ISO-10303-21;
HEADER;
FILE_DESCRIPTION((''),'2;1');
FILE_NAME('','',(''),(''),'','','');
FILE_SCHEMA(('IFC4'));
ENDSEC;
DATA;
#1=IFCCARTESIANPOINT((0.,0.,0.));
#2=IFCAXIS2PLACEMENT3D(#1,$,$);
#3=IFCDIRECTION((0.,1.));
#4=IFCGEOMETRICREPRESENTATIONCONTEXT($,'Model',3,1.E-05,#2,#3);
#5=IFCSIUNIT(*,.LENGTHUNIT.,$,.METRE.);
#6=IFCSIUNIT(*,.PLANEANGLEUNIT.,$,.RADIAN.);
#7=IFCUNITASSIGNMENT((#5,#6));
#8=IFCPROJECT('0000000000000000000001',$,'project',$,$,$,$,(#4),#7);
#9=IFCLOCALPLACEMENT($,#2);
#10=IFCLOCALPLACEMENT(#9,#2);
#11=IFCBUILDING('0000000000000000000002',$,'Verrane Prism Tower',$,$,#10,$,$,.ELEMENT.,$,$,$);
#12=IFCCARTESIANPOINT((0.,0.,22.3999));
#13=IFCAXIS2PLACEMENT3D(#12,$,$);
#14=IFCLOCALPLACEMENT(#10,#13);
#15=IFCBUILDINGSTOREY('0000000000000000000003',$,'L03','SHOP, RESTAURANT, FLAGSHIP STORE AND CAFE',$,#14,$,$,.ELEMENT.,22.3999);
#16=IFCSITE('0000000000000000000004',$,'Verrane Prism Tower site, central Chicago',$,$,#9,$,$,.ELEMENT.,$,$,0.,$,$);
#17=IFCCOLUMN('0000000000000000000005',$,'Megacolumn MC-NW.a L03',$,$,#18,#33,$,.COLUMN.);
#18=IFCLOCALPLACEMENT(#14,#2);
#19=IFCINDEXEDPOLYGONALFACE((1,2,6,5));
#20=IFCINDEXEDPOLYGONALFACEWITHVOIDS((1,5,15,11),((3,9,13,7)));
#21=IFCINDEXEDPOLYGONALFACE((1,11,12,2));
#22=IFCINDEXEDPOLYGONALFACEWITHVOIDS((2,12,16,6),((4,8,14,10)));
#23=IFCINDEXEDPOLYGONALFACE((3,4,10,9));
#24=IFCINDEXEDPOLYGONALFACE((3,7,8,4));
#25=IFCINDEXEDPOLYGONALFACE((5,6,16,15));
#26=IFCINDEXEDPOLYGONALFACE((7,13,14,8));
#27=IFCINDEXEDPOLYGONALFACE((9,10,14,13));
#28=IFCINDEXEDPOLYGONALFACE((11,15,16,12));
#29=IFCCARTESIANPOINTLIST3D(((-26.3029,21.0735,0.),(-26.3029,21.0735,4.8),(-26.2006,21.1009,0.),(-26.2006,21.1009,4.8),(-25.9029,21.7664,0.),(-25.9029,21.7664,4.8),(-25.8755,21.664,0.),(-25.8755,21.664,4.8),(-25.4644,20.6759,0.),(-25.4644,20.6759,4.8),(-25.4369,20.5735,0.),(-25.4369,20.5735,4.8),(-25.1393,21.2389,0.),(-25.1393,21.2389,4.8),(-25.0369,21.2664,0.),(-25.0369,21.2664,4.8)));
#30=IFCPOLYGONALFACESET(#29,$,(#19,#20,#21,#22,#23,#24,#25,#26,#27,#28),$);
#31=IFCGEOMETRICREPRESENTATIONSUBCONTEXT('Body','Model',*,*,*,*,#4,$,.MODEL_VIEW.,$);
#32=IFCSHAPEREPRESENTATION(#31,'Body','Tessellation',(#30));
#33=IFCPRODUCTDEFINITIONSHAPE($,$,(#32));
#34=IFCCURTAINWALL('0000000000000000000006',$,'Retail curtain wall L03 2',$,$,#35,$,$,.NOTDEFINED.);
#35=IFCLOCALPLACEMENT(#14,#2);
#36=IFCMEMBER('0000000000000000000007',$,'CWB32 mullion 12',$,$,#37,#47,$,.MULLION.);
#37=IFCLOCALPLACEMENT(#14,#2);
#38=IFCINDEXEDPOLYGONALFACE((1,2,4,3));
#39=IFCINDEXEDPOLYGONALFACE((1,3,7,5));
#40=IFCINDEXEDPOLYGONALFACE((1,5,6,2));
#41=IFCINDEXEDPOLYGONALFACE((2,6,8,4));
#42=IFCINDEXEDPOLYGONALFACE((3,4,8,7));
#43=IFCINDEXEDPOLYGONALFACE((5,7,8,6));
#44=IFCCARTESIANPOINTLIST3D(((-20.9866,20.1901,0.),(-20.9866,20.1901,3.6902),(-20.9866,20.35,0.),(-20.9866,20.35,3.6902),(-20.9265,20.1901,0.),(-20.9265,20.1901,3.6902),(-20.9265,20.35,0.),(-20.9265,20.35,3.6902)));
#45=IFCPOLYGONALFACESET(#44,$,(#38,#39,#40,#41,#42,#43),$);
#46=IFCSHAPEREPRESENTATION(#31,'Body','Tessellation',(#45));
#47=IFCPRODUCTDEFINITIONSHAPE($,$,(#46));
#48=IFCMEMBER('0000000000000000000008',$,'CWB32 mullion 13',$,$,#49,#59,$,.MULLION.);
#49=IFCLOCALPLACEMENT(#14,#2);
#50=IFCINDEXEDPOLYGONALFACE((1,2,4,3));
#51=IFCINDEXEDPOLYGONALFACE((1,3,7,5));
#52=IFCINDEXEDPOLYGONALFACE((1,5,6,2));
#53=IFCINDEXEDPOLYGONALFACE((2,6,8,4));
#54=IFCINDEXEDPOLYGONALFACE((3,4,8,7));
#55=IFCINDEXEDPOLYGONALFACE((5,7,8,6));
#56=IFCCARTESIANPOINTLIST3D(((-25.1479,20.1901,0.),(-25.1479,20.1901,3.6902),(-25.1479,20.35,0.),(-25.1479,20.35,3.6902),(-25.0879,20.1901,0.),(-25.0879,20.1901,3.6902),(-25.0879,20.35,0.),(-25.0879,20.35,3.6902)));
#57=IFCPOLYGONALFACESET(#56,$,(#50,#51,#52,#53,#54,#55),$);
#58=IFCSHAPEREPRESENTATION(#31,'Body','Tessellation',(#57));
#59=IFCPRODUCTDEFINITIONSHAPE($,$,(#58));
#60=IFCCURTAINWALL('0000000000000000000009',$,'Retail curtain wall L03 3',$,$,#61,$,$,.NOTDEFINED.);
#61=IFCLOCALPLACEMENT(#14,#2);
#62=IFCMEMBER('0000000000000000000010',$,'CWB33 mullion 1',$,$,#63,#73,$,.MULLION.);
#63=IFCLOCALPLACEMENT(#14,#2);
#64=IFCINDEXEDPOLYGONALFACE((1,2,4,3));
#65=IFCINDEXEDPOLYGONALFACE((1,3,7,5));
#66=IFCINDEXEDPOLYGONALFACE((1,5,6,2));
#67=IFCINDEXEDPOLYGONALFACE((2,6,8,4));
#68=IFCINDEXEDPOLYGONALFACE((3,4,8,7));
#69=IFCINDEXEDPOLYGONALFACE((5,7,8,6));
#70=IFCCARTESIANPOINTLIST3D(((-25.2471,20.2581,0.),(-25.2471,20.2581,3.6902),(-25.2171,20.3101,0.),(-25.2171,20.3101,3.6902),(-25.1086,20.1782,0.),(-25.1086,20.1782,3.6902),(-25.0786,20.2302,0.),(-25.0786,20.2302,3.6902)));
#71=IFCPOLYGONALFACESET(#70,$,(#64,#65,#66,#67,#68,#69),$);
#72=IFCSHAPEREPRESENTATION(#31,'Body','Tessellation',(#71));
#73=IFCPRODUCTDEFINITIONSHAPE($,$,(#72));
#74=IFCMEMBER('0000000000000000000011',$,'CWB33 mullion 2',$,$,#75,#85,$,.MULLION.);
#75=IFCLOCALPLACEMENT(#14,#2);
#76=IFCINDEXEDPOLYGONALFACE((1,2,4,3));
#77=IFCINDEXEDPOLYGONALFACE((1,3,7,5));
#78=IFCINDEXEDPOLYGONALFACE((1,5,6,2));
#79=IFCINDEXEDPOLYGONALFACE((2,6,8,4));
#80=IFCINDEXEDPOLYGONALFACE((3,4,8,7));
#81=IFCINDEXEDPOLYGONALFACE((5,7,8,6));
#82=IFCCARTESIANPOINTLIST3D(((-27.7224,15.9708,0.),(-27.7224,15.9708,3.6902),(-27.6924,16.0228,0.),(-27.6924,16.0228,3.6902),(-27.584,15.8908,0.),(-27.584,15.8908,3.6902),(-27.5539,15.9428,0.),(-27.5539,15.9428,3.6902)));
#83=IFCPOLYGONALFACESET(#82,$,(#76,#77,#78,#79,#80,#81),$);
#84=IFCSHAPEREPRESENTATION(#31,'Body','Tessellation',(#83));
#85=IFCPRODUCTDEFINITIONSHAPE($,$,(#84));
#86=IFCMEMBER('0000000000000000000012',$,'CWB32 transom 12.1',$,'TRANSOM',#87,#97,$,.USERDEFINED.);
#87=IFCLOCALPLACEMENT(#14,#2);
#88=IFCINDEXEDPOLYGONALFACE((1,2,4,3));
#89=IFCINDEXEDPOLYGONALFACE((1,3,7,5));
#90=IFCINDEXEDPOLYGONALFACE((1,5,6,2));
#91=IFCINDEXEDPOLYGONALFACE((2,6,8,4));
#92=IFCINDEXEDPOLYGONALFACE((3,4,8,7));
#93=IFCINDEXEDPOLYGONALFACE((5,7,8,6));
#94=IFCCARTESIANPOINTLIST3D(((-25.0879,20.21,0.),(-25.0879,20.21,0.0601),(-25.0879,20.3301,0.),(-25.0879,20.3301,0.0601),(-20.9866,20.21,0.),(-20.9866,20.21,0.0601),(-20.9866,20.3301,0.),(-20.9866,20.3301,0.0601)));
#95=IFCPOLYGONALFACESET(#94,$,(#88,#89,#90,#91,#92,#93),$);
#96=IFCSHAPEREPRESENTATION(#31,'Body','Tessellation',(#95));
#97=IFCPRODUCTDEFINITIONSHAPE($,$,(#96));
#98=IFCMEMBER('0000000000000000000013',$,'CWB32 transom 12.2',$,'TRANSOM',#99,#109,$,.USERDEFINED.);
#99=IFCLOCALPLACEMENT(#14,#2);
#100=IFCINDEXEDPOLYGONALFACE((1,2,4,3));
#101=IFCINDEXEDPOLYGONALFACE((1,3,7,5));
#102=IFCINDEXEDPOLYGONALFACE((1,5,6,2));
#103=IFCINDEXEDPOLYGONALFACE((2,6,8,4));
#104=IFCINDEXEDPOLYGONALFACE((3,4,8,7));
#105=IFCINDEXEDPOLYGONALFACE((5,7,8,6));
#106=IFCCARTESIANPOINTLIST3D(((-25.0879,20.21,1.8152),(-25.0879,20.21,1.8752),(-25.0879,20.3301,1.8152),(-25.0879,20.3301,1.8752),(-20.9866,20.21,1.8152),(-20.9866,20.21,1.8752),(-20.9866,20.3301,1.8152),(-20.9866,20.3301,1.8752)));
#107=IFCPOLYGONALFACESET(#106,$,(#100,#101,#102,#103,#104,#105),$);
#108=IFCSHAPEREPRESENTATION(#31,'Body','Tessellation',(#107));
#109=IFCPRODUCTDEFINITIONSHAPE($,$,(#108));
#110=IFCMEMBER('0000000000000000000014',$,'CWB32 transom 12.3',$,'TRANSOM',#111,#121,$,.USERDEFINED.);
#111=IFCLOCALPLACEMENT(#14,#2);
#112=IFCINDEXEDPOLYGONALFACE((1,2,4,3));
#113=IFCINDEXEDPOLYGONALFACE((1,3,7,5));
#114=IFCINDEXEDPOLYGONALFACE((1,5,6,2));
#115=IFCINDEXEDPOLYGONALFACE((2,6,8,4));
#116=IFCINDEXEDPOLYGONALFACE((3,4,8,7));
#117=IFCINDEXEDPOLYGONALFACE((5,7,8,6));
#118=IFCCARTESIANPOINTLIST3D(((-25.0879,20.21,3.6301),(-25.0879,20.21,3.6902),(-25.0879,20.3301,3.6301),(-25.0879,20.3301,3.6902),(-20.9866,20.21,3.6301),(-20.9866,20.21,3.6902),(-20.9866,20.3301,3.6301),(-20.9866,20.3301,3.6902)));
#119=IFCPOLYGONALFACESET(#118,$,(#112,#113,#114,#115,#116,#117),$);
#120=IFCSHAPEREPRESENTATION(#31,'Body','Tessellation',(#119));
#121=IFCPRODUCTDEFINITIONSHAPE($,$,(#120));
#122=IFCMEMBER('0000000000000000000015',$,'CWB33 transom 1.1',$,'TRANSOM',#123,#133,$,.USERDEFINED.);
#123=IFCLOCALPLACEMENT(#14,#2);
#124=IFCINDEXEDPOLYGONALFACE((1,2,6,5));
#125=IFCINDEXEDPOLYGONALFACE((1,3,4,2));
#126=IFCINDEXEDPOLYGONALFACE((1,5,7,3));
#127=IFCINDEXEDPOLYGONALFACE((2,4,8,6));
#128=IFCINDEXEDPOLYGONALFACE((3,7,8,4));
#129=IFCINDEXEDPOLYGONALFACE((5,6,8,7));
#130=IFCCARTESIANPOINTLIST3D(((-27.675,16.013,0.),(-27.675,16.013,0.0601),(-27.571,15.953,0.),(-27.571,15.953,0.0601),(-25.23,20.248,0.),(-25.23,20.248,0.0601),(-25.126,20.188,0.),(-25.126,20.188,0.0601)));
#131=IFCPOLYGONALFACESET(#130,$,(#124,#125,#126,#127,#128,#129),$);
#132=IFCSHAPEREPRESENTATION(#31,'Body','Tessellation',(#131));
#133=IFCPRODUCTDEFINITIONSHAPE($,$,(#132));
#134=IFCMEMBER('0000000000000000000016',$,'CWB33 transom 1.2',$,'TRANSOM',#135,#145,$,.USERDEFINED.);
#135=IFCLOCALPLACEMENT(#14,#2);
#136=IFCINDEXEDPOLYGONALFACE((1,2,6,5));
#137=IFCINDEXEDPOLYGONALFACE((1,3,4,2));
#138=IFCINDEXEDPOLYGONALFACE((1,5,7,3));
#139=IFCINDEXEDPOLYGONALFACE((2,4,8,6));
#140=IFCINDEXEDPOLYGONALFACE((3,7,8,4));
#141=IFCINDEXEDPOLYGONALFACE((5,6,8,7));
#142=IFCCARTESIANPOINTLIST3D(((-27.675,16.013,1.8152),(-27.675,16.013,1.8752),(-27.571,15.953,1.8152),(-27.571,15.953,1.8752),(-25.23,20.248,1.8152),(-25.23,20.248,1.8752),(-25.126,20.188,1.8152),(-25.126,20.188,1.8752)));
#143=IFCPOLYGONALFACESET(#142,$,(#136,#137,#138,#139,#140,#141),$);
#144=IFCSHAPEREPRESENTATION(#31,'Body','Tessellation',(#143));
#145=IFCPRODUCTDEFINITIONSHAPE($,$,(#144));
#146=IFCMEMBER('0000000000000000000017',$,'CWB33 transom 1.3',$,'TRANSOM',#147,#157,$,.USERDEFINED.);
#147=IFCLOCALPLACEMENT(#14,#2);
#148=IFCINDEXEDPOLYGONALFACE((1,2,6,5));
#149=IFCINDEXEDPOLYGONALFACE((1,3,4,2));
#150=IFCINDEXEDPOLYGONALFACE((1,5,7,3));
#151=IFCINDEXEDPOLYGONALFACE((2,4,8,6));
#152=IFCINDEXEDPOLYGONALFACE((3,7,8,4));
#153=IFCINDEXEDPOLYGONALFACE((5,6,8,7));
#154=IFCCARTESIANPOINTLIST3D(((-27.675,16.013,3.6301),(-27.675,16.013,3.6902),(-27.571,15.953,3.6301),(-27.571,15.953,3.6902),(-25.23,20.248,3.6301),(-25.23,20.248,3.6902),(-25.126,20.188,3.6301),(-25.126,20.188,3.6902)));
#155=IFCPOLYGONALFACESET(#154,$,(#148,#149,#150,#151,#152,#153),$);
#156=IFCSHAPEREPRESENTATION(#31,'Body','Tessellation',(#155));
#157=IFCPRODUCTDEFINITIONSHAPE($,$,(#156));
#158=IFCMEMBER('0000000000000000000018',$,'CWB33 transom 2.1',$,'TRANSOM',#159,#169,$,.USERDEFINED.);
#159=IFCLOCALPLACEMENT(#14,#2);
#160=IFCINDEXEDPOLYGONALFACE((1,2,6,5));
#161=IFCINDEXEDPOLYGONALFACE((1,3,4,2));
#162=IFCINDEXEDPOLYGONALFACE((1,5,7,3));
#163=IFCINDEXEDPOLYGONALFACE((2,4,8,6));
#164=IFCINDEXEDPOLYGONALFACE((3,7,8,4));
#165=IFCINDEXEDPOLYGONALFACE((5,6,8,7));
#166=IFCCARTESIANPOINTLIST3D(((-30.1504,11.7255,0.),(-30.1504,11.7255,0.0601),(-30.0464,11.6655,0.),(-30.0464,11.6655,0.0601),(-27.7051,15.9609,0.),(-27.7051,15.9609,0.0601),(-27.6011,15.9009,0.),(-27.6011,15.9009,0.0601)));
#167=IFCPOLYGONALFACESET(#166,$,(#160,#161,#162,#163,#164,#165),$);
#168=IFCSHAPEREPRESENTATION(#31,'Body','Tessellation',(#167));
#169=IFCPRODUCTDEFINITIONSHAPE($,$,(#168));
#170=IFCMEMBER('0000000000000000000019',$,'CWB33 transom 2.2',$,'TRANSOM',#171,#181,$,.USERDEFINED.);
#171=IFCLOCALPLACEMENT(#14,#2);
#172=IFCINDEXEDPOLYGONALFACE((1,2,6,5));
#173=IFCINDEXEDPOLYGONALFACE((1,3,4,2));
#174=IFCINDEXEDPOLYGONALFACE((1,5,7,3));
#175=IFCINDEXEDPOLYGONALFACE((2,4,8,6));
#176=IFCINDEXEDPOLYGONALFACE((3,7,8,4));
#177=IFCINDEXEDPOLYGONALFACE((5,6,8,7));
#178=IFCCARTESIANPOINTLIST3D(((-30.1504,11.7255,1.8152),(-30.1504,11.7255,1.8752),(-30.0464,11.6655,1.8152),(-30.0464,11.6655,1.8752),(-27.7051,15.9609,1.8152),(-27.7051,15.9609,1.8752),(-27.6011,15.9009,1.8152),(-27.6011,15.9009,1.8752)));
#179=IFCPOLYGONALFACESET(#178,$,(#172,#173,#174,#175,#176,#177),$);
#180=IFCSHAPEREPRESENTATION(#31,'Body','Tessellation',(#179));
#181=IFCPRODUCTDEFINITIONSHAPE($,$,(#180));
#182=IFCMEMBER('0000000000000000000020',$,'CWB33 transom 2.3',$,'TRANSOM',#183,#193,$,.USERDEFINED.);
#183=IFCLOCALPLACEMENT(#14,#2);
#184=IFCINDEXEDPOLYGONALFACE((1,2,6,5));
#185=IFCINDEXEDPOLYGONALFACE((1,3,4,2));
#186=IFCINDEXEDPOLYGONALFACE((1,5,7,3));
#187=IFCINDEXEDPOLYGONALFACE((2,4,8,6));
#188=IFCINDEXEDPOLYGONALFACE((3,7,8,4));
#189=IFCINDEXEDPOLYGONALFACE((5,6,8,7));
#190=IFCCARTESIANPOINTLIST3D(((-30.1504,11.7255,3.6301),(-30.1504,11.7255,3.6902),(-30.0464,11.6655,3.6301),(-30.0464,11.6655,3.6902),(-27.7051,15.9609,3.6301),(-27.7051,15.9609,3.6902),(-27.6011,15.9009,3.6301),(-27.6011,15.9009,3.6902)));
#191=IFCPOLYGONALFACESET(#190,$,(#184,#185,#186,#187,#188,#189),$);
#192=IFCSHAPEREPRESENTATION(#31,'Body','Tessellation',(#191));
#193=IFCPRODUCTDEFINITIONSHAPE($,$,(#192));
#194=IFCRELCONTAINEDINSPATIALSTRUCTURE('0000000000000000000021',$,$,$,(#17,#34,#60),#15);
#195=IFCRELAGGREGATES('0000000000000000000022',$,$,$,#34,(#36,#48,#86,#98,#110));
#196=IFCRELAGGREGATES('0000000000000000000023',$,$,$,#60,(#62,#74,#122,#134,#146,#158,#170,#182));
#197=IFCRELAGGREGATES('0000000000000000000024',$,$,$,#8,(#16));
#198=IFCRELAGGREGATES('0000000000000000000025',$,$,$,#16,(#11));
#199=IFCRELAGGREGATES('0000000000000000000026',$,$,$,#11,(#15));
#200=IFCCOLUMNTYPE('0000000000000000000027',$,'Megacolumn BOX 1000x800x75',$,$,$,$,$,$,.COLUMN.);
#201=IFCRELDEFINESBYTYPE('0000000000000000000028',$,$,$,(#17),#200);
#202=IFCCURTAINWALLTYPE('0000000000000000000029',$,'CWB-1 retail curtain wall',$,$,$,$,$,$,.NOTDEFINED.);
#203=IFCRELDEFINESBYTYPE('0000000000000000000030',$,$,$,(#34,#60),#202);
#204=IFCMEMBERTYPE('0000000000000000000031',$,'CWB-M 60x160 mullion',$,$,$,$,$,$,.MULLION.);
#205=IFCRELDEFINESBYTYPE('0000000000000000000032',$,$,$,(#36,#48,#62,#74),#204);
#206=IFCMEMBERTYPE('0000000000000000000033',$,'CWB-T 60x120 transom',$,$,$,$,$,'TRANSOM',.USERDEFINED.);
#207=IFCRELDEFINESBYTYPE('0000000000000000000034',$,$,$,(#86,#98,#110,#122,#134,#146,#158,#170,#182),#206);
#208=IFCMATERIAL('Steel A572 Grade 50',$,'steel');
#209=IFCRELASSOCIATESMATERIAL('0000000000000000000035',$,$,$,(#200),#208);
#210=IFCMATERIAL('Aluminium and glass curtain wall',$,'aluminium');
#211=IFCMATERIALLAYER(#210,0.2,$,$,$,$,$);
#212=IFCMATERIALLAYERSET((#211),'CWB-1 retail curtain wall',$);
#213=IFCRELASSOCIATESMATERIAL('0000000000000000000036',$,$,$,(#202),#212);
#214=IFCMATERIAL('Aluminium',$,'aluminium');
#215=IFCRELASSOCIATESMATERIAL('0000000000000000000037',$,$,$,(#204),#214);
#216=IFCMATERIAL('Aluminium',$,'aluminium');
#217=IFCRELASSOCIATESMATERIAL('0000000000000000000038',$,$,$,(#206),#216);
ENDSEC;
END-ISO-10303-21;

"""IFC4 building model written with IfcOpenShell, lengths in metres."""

from ifc_helpers import new_model, si_unit, direction, frame, origin, origin_2d, place, context, subcontext, project, spatial, rectangle, hollow_rectangle, extrude, material, layer, layer_set, material_profile, profile_set, type_object, element, aggregate, save


model = new_model("IFC4")

# Units and contexts
model_context = context("Model", 3, precision=1e-05, world=origin(), true_north=direction((0.0, 1.0)))
body_context = subcontext(model_context, "Body", "Model", "MODEL_VIEW")
ifc_project = project(units=[si_unit("LENGTHUNIT", "METRE"), si_unit("PLANEANGLEUNIT", "RADIAN")], contexts=[model_context])

# Site, building, storey
site_placement = place(None, origin())
site = spatial("IfcSite", under=ifc_project, at=site_placement, Name="Verrane Prism Tower site, central Chicago", CompositionType="ELEMENT", RefElevation=0.0)
building_placement = place(site_placement, origin())
building = spatial("IfcBuilding", under=site, at=building_placement, Name="Verrane Prism Tower", CompositionType="ELEMENT")
storey_placement = place(building_placement, frame((0.0, 0.0, 22.3999)))
storey = spatial("IfcBuildingStorey", under=building, at=storey_placement, Name="L03", Description="SHOP, RESTAURANT, FLAGSHIP STORE AND CAFE", CompositionType="ELEMENT", Elevation=22.3999)

# Column
ifc_material_1 = material(Name="Steel A572 Grade 50", Category="steel")
ifc_material_profile_1 = material_profile(ifc_material_1, hollow_rectangle(XDim=0.8, YDim=1.0, WallThickness=0.075, at=origin_2d()), Name="BOX 1000x800x75")
ifc_profile_set_1 = profile_set([ifc_material_profile_1], Name="Steel A572 Grade 50")
column_type = type_object("IfcColumnType", Name="Megacolumn BOX 1000x800x75", PredefinedType="COLUMN", material=ifc_profile_set_1)
column_placement = place(storey_placement, frame((-25.6699, 21.1699, 0.0), z_axis=(0.0, 0.0, 1.0), x_axis=(0.5, 0.866025, 0.0)))
element("IfcColumn", 1, at=column_placement, inside=storey, type_object=column_type, Name="Megacolumn MC-NW.a L03", PredefinedType="COLUMN", context=body_context, shape_type="SweptSolid", body=[
    extrude(hollow_rectangle(XDim=0.8, YDim=1.0, WallThickness=0.075, at=origin_2d()), origin(), (0.0, 0.0, 1.0), 4.8),
])

# Curtain walls, members
ifc_material_2 = material(Name="Aluminium and glass curtain wall", Category="aluminium")
ifc_layer_1 = layer(ifc_material_2, 0.2)
ifc_layer_set_1 = layer_set([ifc_layer_1], Name="CWB-1 retail curtain wall")
curtain_wall_type = type_object("IfcCurtainWallType", Name="CWB-1 retail curtain wall", PredefinedType="NOTDEFINED", material=ifc_layer_set_1)
curtain_wall_1_placement = place(storey_placement, origin())
curtain_wall_1 = element("IfcCurtainWall", 2, at=curtain_wall_1_placement, inside=storey, type_object=curtain_wall_type, Name="Retail curtain wall L03 2", PredefinedType="NOTDEFINED")
ifc_material_3 = material(Name="Aluminium", Category="aluminium")
ifc_material_profile_2 = material_profile(ifc_material_3, rectangle(XDim=0.1599, YDim=0.0601, at=origin_2d()), Name="CWB-M 60x160 mullion")
ifc_profile_set_2 = profile_set([ifc_material_profile_2], Name="Aluminium")
member_type_1 = type_object("IfcMemberType", Name="CWB-M 60x160 mullion", PredefinedType="MULLION", material=ifc_profile_set_2)
member_1_placement = place(storey_placement, frame((-20.9565, 20.27, 0.0), z_axis=(0.0, 0.0, 1.0), x_axis=(0.0, -1.0, 0.0)))
member_1 = element("IfcMember", 3, at=member_1_placement, type_object=member_type_1, Name="CWB32 mullion 12", PredefinedType="MULLION", context=body_context, shape_type="SweptSolid", body=[
    extrude(rectangle(XDim=0.1599, YDim=0.0601, at=origin_2d()), origin(), (0.0, 0.0, 1.0), 3.6902),
])
member_2_placement = place(storey_placement, frame((-25.1179, 20.27, 0.0), z_axis=(0.0, 0.0, 1.0), x_axis=(0.0, -1.0, 0.0)))
member_2 = element("IfcMember", 4, at=member_2_placement, type_object=member_type_1, Name="CWB32 mullion 13", PredefinedType="MULLION", context=body_context, shape_type="SweptSolid", body=[
    extrude(rectangle(XDim=0.1599, YDim=0.0601, at=origin_2d()), origin(), (0.0, 0.0, 1.0), 3.6902),
])
curtain_wall_2_placement = place(storey_placement, origin())
curtain_wall_2 = element("IfcCurtainWall", 5, at=curtain_wall_2_placement, inside=storey, type_object=curtain_wall_type, Name="Retail curtain wall L03 3", PredefinedType="NOTDEFINED")
member_3_placement = place(storey_placement, frame((-25.1628, 20.2441, 0.0), z_axis=(0.0, 0.0, 1.0), x_axis=(0.866026, -0.499999, 0.0)))
member_3 = element("IfcMember", 6, at=member_3_placement, type_object=member_type_1, Name="CWB33 mullion 1", PredefinedType="MULLION", context=body_context, shape_type="SweptSolid", body=[
    extrude(rectangle(XDim=0.1599, YDim=0.0601, at=origin_2d()), origin(), (0.0, 0.0, 1.0), 3.6902),
])
member_4_placement = place(storey_placement, frame((-27.6382, 15.9568, 0.0), z_axis=(0.0, 0.0, 1.0), x_axis=(0.866026, -0.499999, 0.0)))
member_4 = element("IfcMember", 7, at=member_4_placement, type_object=member_type_1, Name="CWB33 mullion 2", PredefinedType="MULLION", context=body_context, shape_type="SweptSolid", body=[
    extrude(rectangle(XDim=0.1599, YDim=0.0601, at=origin_2d()), origin(), (0.0, 0.0, 1.0), 3.6902),
])

# Members
ifc_material_4 = material(Name="Aluminium", Category="aluminium")
ifc_material_profile_3 = material_profile(ifc_material_4, rectangle(XDim=0.1201, YDim=0.0601, at=origin_2d()), Name="CWB-T 60x120 transom")
ifc_profile_set_3 = profile_set([ifc_material_profile_3], Name="Aluminium")
member_type_2 = type_object("IfcMemberType", Name="CWB-T 60x120 transom", ElementType="TRANSOM", PredefinedType="USERDEFINED", material=ifc_profile_set_3)
member_5_placement = place(storey_placement, frame((-20.9866, 20.27, 0.03), z_axis=(-1.0, 0.0, 0.0), x_axis=(0.0, -1.0, 0.0)))
member_5 = element("IfcMember", 8, at=member_5_placement, type_object=member_type_2, Name="CWB32 transom 12.1", ObjectType="TRANSOM", PredefinedType="USERDEFINED", context=body_context, shape_type="SweptSolid", body=[
    extrude(rectangle(XDim=0.1201, YDim=0.0601, at=origin_2d()), origin(), (0.0, 0.0, 1.0), 4.1013),
])
member_6_placement = place(storey_placement, frame((-20.9866, 20.27, 1.8452), z_axis=(-1.0, 0.0, 0.0), x_axis=(0.0, -1.0, 0.0)))
member_6 = element("IfcMember", 9, at=member_6_placement, type_object=member_type_2, Name="CWB32 transom 12.2", ObjectType="TRANSOM", PredefinedType="USERDEFINED", context=body_context, shape_type="SweptSolid", body=[
    extrude(rectangle(XDim=0.1201, YDim=0.0601, at=origin_2d()), origin(), (0.0, 0.0, 1.0), 4.1013),
])
member_7_placement = place(storey_placement, frame((-20.9866, 20.27, 3.6602), z_axis=(-1.0, 0.0, 0.0), x_axis=(0.0, -1.0, 0.0)))
member_7 = element("IfcMember", 10, at=member_7_placement, type_object=member_type_2, Name="CWB32 transom 12.3", ObjectType="TRANSOM", PredefinedType="USERDEFINED", context=body_context, shape_type="SweptSolid", body=[
    extrude(rectangle(XDim=0.1201, YDim=0.0601, at=origin_2d()), origin(), (0.0, 0.0, 1.0), 4.1013),
])
member_8_placement = place(storey_placement, frame((-25.178, 20.218, 0.03), z_axis=(-0.499989, -0.866032, 0.0), x_axis=(0.866032, -0.499989, 0.0)))
member_8 = element("IfcMember", 11, at=member_8_placement, type_object=member_type_2, Name="CWB33 transom 1.1", ObjectType="TRANSOM", PredefinedType="USERDEFINED", context=body_context, shape_type="SweptSolid", body=[
    extrude(rectangle(XDim=0.1201, YDim=0.0601, at=origin_2d()), origin(), (0.0, 0.0, 1.0), 4.8901),
])
member_9_placement = place(storey_placement, frame((-25.178, 20.218, 1.8452), z_axis=(-0.499989, -0.866032, 0.0), x_axis=(0.866032, -0.499989, 0.0)))
member_9 = element("IfcMember", 12, at=member_9_placement, type_object=member_type_2, Name="CWB33 transom 1.2", ObjectType="TRANSOM", PredefinedType="USERDEFINED", context=body_context, shape_type="SweptSolid", body=[
    extrude(rectangle(XDim=0.1201, YDim=0.0601, at=origin_2d()), origin(), (0.0, 0.0, 1.0), 4.8901),
])
member_10_placement = place(storey_placement, frame((-25.178, 20.218, 3.6602), z_axis=(-0.499989, -0.866032, 0.0), x_axis=(0.866032, -0.499989, 0.0)))
member_10 = element("IfcMember", 13, at=member_10_placement, type_object=member_type_2, Name="CWB33 transom 1.3", ObjectType="TRANSOM", PredefinedType="USERDEFINED", context=body_context, shape_type="SweptSolid", body=[
    extrude(rectangle(XDim=0.1201, YDim=0.0601, at=origin_2d()), origin(), (0.0, 0.0, 1.0), 4.8901),
])
member_11_placement = place(storey_placement, frame((-27.6531, 15.9309, 0.03), z_axis=(-0.500005, -0.866023, 0.0), x_axis=(0.866023, -0.500005, 0.0)))
member_11 = element("IfcMember", 14, at=member_11_placement, type_object=member_type_2, Name="CWB33 transom 2.1", ObjectType="TRANSOM", PredefinedType="USERDEFINED", context=body_context, shape_type="SweptSolid", body=[
    extrude(rectangle(XDim=0.1201, YDim=0.0601, at=origin_2d()), origin(), (0.0, 0.0, 1.0), 4.8906),
])
member_12_placement = place(storey_placement, frame((-27.6531, 15.9309, 1.8452), z_axis=(-0.500005, -0.866023, 0.0), x_axis=(0.866023, -0.500005, 0.0)))
member_12 = element("IfcMember", 15, at=member_12_placement, type_object=member_type_2, Name="CWB33 transom 2.2", ObjectType="TRANSOM", PredefinedType="USERDEFINED", context=body_context, shape_type="SweptSolid", body=[
    extrude(rectangle(XDim=0.1201, YDim=0.0601, at=origin_2d()), origin(), (0.0, 0.0, 1.0), 4.8906),
])
member_13_placement = place(storey_placement, frame((-27.6531, 15.9309, 3.6602), z_axis=(-0.500005, -0.866023, 0.0), x_axis=(0.866023, -0.500005, 0.0)))
member_13 = element("IfcMember", 16, at=member_13_placement, type_object=member_type_2, Name="CWB33 transom 2.3", ObjectType="TRANSOM", PredefinedType="USERDEFINED", context=body_context, shape_type="SweptSolid", body=[
    extrude(rectangle(XDim=0.1201, YDim=0.0601, at=origin_2d()), origin(), (0.0, 0.0, 1.0), 4.8906),
])

aggregate(curtain_wall_1, [member_1, member_2, member_5, member_6, member_7])
aggregate(curtain_wall_2, [member_3, member_4, member_8, member_9, member_10, member_11, member_12, member_13])

save(model, "model.ifc")
